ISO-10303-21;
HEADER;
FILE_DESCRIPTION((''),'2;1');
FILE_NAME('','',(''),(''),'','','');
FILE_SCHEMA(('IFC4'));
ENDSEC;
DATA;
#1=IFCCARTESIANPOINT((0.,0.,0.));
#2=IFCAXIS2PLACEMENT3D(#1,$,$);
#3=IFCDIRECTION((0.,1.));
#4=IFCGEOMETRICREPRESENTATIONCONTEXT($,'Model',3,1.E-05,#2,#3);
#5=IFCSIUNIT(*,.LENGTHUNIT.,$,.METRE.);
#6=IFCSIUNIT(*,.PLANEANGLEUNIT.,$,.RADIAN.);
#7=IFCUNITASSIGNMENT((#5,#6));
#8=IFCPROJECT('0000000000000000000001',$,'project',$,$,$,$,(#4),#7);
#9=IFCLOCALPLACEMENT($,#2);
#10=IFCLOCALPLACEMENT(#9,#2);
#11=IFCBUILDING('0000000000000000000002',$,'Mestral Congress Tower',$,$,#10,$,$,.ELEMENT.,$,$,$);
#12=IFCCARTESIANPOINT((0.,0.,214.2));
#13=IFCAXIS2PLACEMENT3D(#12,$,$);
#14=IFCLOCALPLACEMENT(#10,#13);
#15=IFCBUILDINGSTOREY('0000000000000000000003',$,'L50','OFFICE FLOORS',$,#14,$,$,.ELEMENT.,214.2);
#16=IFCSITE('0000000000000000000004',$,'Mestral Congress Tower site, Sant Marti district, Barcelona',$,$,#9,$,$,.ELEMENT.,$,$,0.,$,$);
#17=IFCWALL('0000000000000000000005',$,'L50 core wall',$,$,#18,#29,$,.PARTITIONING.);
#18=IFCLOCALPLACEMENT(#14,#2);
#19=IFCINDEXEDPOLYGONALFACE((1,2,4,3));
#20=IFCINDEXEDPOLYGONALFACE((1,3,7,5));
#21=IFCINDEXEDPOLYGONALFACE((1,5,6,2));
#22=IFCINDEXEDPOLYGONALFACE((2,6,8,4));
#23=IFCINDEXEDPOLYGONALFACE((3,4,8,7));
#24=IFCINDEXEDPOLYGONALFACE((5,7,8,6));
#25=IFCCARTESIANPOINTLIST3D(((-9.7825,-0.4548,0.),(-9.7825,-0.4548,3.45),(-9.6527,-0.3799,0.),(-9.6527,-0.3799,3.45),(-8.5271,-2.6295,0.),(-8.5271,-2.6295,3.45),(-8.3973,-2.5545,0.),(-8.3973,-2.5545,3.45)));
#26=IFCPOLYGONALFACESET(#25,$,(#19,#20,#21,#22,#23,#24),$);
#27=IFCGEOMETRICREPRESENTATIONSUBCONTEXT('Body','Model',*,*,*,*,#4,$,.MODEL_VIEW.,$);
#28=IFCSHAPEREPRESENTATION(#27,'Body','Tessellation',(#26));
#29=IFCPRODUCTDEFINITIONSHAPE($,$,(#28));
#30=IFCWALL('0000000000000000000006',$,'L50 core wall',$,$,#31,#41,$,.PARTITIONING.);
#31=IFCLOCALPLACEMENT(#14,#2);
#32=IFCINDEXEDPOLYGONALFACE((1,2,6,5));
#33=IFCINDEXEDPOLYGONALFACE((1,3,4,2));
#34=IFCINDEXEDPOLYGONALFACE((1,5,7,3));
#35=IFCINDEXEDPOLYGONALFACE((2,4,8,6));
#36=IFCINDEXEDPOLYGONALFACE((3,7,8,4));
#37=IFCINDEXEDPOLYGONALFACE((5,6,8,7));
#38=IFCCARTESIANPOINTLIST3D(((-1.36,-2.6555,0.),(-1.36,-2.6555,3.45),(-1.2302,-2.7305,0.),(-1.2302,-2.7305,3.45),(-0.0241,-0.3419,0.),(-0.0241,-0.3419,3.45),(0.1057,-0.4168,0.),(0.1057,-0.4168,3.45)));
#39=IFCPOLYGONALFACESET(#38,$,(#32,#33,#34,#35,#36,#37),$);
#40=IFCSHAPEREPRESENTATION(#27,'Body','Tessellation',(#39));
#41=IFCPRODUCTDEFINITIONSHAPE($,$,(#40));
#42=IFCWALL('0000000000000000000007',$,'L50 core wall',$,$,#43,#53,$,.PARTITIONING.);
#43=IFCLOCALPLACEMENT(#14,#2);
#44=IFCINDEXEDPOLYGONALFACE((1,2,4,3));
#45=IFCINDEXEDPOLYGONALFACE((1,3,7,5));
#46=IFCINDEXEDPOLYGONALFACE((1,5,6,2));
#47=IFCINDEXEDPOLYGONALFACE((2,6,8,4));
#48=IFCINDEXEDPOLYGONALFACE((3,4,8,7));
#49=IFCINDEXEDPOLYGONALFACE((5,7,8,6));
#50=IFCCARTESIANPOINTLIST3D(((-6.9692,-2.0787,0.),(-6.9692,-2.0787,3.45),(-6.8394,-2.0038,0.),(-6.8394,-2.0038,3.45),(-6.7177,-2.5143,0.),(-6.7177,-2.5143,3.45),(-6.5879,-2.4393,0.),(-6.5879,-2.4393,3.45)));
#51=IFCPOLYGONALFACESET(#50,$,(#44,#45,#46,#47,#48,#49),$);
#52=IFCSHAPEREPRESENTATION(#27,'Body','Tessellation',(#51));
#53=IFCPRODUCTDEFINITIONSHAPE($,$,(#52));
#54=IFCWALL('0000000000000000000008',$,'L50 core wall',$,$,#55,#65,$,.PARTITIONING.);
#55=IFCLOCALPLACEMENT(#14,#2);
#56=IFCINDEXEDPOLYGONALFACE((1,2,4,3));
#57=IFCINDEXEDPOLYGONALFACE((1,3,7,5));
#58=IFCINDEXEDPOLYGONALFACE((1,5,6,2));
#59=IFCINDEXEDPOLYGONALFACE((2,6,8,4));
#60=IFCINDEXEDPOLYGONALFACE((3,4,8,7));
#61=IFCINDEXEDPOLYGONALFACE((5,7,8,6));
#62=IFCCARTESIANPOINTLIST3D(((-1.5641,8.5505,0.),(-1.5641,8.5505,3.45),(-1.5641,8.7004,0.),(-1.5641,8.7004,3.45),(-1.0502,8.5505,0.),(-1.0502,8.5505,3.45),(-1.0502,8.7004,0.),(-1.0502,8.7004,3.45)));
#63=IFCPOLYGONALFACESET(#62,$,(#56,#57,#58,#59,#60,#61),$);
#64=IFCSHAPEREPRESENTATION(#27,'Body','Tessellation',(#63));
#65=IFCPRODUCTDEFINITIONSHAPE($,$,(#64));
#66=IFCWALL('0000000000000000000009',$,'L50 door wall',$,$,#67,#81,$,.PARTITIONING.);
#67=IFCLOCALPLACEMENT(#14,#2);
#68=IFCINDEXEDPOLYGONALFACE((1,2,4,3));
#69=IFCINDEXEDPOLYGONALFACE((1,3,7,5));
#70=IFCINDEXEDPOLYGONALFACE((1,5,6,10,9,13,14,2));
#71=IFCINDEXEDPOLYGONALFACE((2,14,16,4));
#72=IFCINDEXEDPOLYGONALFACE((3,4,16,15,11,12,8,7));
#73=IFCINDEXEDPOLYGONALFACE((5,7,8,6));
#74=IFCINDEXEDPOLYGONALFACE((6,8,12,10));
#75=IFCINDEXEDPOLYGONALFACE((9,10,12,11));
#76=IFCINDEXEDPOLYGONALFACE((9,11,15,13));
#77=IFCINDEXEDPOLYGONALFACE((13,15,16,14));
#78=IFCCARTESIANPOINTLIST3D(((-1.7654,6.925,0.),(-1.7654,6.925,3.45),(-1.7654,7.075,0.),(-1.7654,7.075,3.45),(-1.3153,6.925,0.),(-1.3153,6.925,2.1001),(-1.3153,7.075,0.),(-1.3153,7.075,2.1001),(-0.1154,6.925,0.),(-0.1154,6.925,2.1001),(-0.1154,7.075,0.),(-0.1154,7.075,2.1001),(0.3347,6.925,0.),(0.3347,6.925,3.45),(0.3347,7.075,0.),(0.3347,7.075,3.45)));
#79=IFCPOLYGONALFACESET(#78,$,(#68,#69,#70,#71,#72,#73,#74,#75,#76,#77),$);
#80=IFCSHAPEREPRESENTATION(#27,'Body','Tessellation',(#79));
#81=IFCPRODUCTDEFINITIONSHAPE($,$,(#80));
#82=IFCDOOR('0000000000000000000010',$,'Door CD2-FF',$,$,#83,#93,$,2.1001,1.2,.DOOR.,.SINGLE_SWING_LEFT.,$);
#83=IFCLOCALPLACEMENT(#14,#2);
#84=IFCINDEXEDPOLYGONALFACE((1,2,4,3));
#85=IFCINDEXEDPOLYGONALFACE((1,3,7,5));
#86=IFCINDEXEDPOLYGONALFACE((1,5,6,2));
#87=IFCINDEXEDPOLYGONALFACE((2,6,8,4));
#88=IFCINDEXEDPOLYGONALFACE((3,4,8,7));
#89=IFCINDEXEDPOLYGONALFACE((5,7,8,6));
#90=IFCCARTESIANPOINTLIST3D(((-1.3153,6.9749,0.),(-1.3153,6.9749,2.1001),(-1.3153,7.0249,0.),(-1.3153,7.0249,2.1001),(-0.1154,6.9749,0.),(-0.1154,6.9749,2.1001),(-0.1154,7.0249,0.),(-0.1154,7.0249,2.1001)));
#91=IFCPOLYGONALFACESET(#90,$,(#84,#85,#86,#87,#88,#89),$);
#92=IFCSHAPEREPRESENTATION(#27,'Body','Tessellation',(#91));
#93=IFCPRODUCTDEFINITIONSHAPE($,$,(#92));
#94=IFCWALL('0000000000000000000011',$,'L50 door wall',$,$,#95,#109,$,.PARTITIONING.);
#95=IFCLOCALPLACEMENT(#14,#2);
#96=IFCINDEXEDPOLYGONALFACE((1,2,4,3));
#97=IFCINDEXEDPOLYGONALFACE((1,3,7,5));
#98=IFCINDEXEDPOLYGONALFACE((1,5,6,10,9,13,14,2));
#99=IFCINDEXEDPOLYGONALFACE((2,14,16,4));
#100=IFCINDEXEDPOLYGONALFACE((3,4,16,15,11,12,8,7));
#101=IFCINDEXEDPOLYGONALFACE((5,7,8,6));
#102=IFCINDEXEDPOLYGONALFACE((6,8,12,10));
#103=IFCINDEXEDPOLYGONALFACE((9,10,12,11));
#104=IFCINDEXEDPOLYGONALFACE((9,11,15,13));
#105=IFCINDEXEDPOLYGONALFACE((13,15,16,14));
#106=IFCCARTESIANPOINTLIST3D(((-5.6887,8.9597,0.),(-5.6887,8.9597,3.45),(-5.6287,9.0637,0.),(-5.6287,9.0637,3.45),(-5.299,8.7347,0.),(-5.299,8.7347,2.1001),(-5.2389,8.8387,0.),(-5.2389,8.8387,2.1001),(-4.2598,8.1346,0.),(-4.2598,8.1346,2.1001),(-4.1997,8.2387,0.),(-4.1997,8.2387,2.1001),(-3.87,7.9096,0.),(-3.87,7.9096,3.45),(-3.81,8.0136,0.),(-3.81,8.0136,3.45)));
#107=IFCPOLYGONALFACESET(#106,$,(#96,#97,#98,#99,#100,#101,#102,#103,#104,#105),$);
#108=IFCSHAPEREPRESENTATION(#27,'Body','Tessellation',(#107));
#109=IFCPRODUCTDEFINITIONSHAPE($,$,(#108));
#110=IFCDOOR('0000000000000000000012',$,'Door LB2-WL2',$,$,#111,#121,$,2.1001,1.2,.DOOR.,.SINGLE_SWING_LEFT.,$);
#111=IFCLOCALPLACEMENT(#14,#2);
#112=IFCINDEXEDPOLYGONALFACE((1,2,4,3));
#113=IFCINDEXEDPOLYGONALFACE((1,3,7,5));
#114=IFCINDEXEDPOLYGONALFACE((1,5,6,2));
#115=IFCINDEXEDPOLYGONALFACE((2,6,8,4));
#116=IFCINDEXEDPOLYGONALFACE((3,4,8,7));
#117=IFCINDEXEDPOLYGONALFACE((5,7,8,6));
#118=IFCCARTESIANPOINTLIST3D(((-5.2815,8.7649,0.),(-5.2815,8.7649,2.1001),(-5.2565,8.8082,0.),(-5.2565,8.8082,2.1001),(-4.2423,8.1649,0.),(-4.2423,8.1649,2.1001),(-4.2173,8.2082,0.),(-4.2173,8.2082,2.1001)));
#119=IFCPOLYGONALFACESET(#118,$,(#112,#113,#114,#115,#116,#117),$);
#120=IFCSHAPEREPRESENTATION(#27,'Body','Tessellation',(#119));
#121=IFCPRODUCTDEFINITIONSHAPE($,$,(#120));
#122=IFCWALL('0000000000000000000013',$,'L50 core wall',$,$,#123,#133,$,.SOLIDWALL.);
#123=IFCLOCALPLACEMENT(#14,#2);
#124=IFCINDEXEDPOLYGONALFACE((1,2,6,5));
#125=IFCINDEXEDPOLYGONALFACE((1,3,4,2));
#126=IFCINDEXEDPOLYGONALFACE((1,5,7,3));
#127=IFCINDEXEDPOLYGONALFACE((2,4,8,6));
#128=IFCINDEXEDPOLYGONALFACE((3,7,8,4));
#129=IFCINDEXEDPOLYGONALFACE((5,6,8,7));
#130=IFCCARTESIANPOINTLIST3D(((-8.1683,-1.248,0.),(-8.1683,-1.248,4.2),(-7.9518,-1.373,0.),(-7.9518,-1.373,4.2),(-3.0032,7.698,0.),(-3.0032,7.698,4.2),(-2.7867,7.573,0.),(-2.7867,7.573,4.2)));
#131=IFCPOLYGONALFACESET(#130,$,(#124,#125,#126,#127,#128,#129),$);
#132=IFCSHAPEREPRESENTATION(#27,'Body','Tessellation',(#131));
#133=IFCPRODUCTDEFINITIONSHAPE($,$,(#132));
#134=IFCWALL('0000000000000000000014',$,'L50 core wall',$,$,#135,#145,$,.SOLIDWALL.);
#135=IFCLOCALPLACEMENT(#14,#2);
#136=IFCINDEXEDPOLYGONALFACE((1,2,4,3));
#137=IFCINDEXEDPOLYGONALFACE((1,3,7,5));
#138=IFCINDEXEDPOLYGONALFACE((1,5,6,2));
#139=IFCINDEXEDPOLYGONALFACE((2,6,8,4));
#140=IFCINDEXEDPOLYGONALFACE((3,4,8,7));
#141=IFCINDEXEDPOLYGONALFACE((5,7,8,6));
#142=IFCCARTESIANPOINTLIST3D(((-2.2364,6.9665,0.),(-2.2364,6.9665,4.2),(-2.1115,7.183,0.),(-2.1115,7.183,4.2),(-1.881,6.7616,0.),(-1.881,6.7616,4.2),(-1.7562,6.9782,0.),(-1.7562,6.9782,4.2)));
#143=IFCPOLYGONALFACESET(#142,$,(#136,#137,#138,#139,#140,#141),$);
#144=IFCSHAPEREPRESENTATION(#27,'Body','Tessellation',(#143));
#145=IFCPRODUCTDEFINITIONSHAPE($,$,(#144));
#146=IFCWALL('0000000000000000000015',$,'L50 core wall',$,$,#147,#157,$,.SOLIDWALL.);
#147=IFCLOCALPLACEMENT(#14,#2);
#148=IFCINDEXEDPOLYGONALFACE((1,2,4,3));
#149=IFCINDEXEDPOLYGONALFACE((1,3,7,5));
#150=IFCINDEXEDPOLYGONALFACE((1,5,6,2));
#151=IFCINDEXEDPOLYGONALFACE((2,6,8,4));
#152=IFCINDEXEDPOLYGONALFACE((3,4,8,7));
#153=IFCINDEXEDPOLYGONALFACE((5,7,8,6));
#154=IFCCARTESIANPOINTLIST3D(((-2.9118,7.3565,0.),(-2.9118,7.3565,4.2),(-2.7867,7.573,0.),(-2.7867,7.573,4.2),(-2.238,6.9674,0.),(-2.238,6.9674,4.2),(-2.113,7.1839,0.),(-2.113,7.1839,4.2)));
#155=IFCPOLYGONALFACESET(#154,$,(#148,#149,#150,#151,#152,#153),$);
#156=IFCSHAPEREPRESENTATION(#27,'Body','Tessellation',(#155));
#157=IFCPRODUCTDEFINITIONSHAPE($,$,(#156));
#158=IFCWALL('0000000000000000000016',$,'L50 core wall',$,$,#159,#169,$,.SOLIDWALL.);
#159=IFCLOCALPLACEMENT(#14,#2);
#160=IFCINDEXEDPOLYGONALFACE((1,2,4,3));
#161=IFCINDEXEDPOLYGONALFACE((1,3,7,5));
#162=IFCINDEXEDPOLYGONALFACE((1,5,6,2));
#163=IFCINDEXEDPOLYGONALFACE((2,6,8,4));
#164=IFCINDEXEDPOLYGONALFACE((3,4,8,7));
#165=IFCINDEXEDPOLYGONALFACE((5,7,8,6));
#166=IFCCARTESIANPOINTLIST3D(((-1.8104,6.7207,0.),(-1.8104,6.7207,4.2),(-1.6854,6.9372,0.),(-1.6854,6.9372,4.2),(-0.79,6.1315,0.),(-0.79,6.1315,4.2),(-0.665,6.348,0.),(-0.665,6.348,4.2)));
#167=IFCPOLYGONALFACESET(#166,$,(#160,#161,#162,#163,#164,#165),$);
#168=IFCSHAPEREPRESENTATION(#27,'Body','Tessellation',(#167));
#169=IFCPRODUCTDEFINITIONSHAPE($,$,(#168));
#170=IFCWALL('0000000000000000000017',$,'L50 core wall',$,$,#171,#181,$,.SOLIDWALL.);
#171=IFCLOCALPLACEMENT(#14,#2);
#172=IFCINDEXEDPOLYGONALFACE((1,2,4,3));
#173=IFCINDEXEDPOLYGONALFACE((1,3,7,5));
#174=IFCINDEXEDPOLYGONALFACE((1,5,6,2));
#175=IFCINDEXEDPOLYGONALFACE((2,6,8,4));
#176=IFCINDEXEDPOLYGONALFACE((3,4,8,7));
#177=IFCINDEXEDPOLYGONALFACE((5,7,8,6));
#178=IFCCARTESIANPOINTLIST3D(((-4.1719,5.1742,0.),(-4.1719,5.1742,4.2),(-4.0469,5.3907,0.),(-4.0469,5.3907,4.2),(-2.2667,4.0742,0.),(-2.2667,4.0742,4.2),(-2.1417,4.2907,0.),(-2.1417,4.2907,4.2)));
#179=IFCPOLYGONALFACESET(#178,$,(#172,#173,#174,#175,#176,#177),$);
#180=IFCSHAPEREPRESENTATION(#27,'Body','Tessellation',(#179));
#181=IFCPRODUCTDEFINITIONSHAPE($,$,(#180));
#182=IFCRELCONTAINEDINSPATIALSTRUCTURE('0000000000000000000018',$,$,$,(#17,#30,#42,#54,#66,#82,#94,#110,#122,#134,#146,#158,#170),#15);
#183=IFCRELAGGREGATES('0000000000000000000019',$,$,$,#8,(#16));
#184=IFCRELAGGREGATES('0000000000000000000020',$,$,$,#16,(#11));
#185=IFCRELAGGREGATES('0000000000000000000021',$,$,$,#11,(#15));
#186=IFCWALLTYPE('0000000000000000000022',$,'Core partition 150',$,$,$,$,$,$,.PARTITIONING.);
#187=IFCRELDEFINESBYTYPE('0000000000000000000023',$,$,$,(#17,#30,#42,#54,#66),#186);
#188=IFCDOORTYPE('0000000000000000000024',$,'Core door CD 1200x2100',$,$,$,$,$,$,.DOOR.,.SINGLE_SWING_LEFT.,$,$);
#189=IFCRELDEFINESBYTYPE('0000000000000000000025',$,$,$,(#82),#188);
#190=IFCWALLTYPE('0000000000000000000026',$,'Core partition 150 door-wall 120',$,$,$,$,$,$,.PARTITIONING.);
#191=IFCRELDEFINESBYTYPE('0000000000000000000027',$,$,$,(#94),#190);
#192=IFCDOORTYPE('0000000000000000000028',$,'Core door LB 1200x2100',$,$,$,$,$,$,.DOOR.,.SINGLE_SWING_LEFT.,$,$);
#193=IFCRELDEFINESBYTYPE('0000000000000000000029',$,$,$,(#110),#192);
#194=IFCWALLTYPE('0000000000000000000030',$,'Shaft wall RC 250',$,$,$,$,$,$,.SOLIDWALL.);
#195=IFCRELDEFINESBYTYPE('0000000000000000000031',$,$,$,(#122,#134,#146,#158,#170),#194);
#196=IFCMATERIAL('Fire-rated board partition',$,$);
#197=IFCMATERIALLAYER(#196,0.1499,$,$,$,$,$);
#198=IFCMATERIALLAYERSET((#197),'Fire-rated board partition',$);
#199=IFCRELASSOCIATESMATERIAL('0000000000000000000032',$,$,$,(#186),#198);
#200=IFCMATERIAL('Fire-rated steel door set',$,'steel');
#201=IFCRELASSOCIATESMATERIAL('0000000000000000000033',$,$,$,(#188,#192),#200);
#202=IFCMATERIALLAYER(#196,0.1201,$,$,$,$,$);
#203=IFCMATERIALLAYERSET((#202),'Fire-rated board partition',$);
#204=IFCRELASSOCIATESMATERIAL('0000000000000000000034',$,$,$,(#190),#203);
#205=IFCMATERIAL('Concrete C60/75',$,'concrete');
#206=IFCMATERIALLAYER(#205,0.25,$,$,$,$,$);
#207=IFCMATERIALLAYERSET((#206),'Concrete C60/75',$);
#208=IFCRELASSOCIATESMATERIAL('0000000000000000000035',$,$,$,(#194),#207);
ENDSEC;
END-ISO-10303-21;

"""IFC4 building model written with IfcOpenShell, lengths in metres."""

from ifc_helpers import new_model, si_unit, direction, frame, frame_2d, origin, place, context, subcontext, project, spatial, rectangle, extrude, material, layer, layer_set, type_object, element, fill, save


model = new_model("IFC4")

# Units and contexts
model_context = context("Model", 3, precision=1e-05, world=origin(), true_north=direction((0.0, 1.0)))
body_context = subcontext(model_context, "Body", "Model", "MODEL_VIEW")
ifc_project = project(units=[si_unit("LENGTHUNIT", "METRE"), si_unit("PLANEANGLEUNIT", "RADIAN")], contexts=[model_context])

# Site, building, storey
site_placement = place(None, origin())
site = spatial("IfcSite", under=ifc_project, at=site_placement, Name="Mestral Congress Tower site, Sant Marti district, Barcelona", CompositionType="ELEMENT", RefElevation=0.0)
building_placement = place(site_placement, origin())
building = spatial("IfcBuilding", under=site, at=building_placement, Name="Mestral Congress Tower", CompositionType="ELEMENT")
storey_placement = place(building_placement, frame((0.0, 0.0, 214.2)))
storey = spatial("IfcBuildingStorey", under=building, at=storey_placement, Name="L50", Description="OFFICE FLOORS", CompositionType="ELEMENT", Elevation=214.2)

# Walls
ifc_material_1 = material(Name="Fire-rated board partition")
ifc_layer_1 = layer(ifc_material_1, 0.1499)
ifc_layer_set_1 = layer_set([ifc_layer_1], Name="Fire-rated board partition")
wall_type_1 = type_object("IfcWallType", Name="Core partition 150", PredefinedType="PARTITIONING", material=ifc_layer_set_1)
wall_1_placement = place(storey_placement, frame((-9.7175, -0.4175, 0.0), z_axis=(0.0, 0.0, 1.0), x_axis=(0.499967, -0.866045, 0.0)))
element("IfcWall", 1, at=wall_1_placement, inside=storey, type_object=wall_type_1, Name="L50 core wall", PredefinedType="PARTITIONING", context=body_context, shape_type="SweptSolid", body=[
    extrude(rectangle(XDim=2.511, YDim=0.1499, at=frame_2d((1.2554, 0.0))), origin(), (0.0, 0.0, 1.0), 3.45),
])
wall_2_placement = place(storey_placement, frame((-1.2952, -2.6931, 0.0), z_axis=(0.0, 0.0, 1.0), x_axis=(0.500031, 0.866008, 0.0)))
element("IfcWall", 2, at=wall_2_placement, inside=storey, type_object=wall_type_1, Name="L50 core wall", PredefinedType="PARTITIONING", context=body_context, shape_type="SweptSolid", body=[
    extrude(rectangle(XDim=2.6716, YDim=0.1499, at=frame_2d((1.3359, 0.0))), origin(), (0.0, 0.0, 1.0), 3.45),
])
wall_3_placement = place(storey_placement, frame((-6.6528, -2.4768, 0.0), z_axis=(0.0, 0.0, 1.0), x_axis=(-0.500003, 0.866024, 0.0)))
element("IfcWall", 3, at=wall_3_placement, inside=storey, type_object=wall_type_1, Name="L50 core wall", PredefinedType="PARTITIONING", context=body_context, shape_type="SweptSolid", body=[
    extrude(rectangle(XDim=0.5029, YDim=0.1499, at=frame_2d((0.2515, 0.0))), origin(), (0.0, 0.0, 1.0), 3.45),
])
wall_4_placement = place(storey_placement, frame((-1.564, 8.6255, 0.0), z_axis=(0.0, 0.0, 1.0), x_axis=(1.0, 0.0, 0.0)))
element("IfcWall", 4, at=wall_4_placement, inside=storey, type_object=wall_type_1, Name="L50 core wall", PredefinedType="PARTITIONING", context=body_context, shape_type="SweptSolid", body=[
    extrude(rectangle(XDim=0.5139, YDim=0.1499, at=frame_2d((0.2568, 0.0))), origin(), (0.0, 0.0, 1.0), 3.45),
])

# Walls, openings, doors
wall_5_placement = place(storey_placement, frame((-1.7654, 7.0, 0.0), z_axis=(0.0, 0.0, 1.0), x_axis=(1.0, 0.0, 0.0)))
wall_5 = element("IfcWall", 5, at=wall_5_placement, inside=storey, type_object=wall_type_1, Name="L50 door wall", PredefinedType="PARTITIONING", context=body_context, shape_type="SweptSolid", body=[
    extrude(rectangle(XDim=2.1001, YDim=0.1499, at=frame_2d((1.05, 0.0))), origin(), (0.0, 0.0, 1.0), 3.45),
])
opening_1_placement = place(wall_5_placement, frame((0.45, 0.0, 0.0)))
opening_1 = element("IfcOpeningElement", 6, at=opening_1_placement, cuts=wall_5, PredefinedType="OPENING", context=body_context, shape_type="SweptSolid", body=[
    extrude(rectangle(XDim=1.2, YDim=2.1001, at=frame_2d((0.6001, 1.05))), frame((0.0, 0.085, 0.0), z_axis=(0.0, -1.0, 0.0), x_axis=(1.0, 0.0, 0.0)), (0.0, 0.0, 1.0), 0.1699),
])
ifc_material_2 = material(Name="Fire-rated steel door set", Category="steel")
door_type_1 = type_object("IfcDoorType", Name="Core door CD 1200x2100", OperationType="SINGLE_SWING_LEFT", PredefinedType="DOOR", material=ifc_material_2)
door_1_placement = place(opening_1_placement, origin())
door_1 = element("IfcDoor", 7, at=door_1_placement, inside=storey, type_object=door_type_1, Name="Door CD2-FF", OperationType="SINGLE_SWING_LEFT", OverallHeight=2.1001, OverallWidth=1.2, PredefinedType="DOOR", context=body_context, shape_type="SweptSolid", body=[
    extrude(rectangle(XDim=1.2, YDim=2.1001, at=frame_2d((0.6001, 1.05))), frame((0.0, 0.0249, 0.0), z_axis=(0.0, -1.0, 0.0), x_axis=(1.0, 0.0, 0.0)), (0.0, 0.0, 1.0), 0.05),
])
fill(opening_1, door_1)
ifc_layer_2 = layer(ifc_material_1, 0.1201)
ifc_layer_set_2 = layer_set([ifc_layer_2], Name="Fire-rated board partition")
wall_type_2 = type_object("IfcWallType", Name="Core partition 150 door-wall 120", PredefinedType="PARTITIONING", material=ifc_layer_set_2)
wall_6_placement = place(storey_placement, frame((-5.6587, 9.0117, 0.0), z_axis=(0.0, 0.0, 1.0), x_axis=(0.866009, -0.500028, 0.0)))
wall_6 = element("IfcWall", 8, at=wall_6_placement, inside=storey, type_object=wall_type_2, Name="L50 door wall", PredefinedType="PARTITIONING", context=body_context, shape_type="SweptSolid", body=[
    extrude(rectangle(XDim=2.1001, YDim=0.1201, at=frame_2d((1.05, 0.0))), origin(), (0.0, 0.0, 1.0), 3.45),
])
opening_2_placement = place(wall_6_placement, frame((0.45, 0.0, 0.0)))
opening_2 = element("IfcOpeningElement", 9, at=opening_2_placement, cuts=wall_6, PredefinedType="OPENING", context=body_context, shape_type="SweptSolid", body=[
    extrude(rectangle(XDim=1.2, YDim=2.1001, at=frame_2d((0.6001, 1.05))), frame((0.0, 0.0701, 0.0), z_axis=(0.0, -1.0, 0.0), x_axis=(1.0, 0.0, 0.0)), (0.0, 0.0, 1.0), 0.1401),
])
door_type_2 = type_object("IfcDoorType", Name="Core door LB 1200x2100", OperationType="SINGLE_SWING_LEFT", PredefinedType="DOOR", material=ifc_material_2)
door_2_placement = place(opening_2_placement, origin())
door_2 = element("IfcDoor", 10, at=door_2_placement, inside=storey, type_object=door_type_2, Name="Door LB2-WL2", OperationType="SINGLE_SWING_LEFT", OverallHeight=2.1001, OverallWidth=1.2, PredefinedType="DOOR", context=body_context, shape_type="SweptSolid", body=[
    extrude(rectangle(XDim=1.2, YDim=2.1001, at=frame_2d((0.6001, 1.05))), frame((0.0, 0.0249, 0.0), z_axis=(0.0, -1.0, 0.0), x_axis=(1.0, 0.0, 0.0)), (0.0, 0.0, 1.0), 0.05),
])
fill(opening_2, door_2)

# Walls
ifc_material_3 = material(Name="Concrete C60/75", Category="concrete")
ifc_layer_3 = layer(ifc_material_3, 0.25)
ifc_layer_set_3 = layer_set([ifc_layer_3], Name="Concrete C60/75")
wall_type_3 = type_object("IfcWallType", Name="Shaft wall RC 250", PredefinedType="SOLIDWALL", material=ifc_layer_set_3)
wall_7_placement = place(storey_placement, frame((-8.0601, -1.3105, 0.0), z_axis=(0.0, 0.0, 1.0), x_axis=(0.500003, 0.866024, 0.0)))
element("IfcWall", 11, at=wall_7_placement, inside=storey, type_object=wall_type_3, Name="L50 core wall", PredefinedType="SOLIDWALL", context=body_context, shape_type="SweptSolid", body=[
    extrude(rectangle(XDim=10.3301, YDim=0.25, at=frame_2d((5.165, 0.0))), origin(), (0.0, 0.0, 1.0), 4.2),
])
wall_8_placement = place(storey_placement, frame((-1.8186, 6.8699, 0.0), z_axis=(0.0, 0.0, 1.0), x_axis=(-0.866295, 0.499533, 0.0)))
element("IfcWall", 12, at=wall_8_placement, inside=storey, type_object=wall_type_3, Name="L50 core wall", PredefinedType="SOLIDWALL", context=body_context, shape_type="SweptSolid", body=[
    extrude(rectangle(XDim=0.4102, YDim=0.25, at=frame_2d((0.2051, 0.0))), origin(), (0.0, 0.0, 1.0), 4.2),
])
wall_9_placement = place(storey_placement, frame((-2.8494, 7.4648, 0.0), z_axis=(0.0, 0.0, 1.0), x_axis=(0.865956, -0.500121, 0.0)))
element("IfcWall", 13, at=wall_9_placement, inside=storey, type_object=wall_type_3, Name="L50 core wall", PredefinedType="SOLIDWALL", context=body_context, shape_type="SweptSolid", body=[
    extrude(rectangle(XDim=0.7781, YDim=0.25, at=frame_2d((0.3892, 0.0))), origin(), (0.0, 0.0, 1.0), 4.2),
])
wall_10_placement = place(storey_placement, frame((-0.7275, 6.2397, 0.0), z_axis=(0.0, 0.0, 1.0), x_axis=(-0.866003, 0.500039, 0.0)))
element("IfcWall", 14, at=wall_10_placement, inside=storey, type_object=wall_type_3, Name="L50 core wall", PredefinedType="SOLIDWALL", context=body_context, shape_type="SweptSolid", body=[
    extrude(rectangle(XDim=1.1782, YDim=0.25, at=frame_2d((0.5891, 0.0))), origin(), (0.0, 0.0, 1.0), 4.2),
])
for number, where, z_axis, x_axis, name in (
    (15, (-2.2041, 4.1824, 0.0), (0.0, 0.0, 1.0), (-0.866008, 0.50003, 0.0), "L50 core wall"),
):
    element("IfcWall", number, at=place(storey_placement, frame(where, z_axis=z_axis, x_axis=x_axis)), inside=storey, type_object=wall_type_3, Name=name, PredefinedType="SOLIDWALL", context=body_context, shape_type="SweptSolid", body=[
        extrude(rectangle(XDim=2.2, YDim=0.25, at=frame_2d((1.1001, 0.0))), origin(), (0.0, 0.0, 1.0), 4.2),
    ])

save(model, "model.ifc")
